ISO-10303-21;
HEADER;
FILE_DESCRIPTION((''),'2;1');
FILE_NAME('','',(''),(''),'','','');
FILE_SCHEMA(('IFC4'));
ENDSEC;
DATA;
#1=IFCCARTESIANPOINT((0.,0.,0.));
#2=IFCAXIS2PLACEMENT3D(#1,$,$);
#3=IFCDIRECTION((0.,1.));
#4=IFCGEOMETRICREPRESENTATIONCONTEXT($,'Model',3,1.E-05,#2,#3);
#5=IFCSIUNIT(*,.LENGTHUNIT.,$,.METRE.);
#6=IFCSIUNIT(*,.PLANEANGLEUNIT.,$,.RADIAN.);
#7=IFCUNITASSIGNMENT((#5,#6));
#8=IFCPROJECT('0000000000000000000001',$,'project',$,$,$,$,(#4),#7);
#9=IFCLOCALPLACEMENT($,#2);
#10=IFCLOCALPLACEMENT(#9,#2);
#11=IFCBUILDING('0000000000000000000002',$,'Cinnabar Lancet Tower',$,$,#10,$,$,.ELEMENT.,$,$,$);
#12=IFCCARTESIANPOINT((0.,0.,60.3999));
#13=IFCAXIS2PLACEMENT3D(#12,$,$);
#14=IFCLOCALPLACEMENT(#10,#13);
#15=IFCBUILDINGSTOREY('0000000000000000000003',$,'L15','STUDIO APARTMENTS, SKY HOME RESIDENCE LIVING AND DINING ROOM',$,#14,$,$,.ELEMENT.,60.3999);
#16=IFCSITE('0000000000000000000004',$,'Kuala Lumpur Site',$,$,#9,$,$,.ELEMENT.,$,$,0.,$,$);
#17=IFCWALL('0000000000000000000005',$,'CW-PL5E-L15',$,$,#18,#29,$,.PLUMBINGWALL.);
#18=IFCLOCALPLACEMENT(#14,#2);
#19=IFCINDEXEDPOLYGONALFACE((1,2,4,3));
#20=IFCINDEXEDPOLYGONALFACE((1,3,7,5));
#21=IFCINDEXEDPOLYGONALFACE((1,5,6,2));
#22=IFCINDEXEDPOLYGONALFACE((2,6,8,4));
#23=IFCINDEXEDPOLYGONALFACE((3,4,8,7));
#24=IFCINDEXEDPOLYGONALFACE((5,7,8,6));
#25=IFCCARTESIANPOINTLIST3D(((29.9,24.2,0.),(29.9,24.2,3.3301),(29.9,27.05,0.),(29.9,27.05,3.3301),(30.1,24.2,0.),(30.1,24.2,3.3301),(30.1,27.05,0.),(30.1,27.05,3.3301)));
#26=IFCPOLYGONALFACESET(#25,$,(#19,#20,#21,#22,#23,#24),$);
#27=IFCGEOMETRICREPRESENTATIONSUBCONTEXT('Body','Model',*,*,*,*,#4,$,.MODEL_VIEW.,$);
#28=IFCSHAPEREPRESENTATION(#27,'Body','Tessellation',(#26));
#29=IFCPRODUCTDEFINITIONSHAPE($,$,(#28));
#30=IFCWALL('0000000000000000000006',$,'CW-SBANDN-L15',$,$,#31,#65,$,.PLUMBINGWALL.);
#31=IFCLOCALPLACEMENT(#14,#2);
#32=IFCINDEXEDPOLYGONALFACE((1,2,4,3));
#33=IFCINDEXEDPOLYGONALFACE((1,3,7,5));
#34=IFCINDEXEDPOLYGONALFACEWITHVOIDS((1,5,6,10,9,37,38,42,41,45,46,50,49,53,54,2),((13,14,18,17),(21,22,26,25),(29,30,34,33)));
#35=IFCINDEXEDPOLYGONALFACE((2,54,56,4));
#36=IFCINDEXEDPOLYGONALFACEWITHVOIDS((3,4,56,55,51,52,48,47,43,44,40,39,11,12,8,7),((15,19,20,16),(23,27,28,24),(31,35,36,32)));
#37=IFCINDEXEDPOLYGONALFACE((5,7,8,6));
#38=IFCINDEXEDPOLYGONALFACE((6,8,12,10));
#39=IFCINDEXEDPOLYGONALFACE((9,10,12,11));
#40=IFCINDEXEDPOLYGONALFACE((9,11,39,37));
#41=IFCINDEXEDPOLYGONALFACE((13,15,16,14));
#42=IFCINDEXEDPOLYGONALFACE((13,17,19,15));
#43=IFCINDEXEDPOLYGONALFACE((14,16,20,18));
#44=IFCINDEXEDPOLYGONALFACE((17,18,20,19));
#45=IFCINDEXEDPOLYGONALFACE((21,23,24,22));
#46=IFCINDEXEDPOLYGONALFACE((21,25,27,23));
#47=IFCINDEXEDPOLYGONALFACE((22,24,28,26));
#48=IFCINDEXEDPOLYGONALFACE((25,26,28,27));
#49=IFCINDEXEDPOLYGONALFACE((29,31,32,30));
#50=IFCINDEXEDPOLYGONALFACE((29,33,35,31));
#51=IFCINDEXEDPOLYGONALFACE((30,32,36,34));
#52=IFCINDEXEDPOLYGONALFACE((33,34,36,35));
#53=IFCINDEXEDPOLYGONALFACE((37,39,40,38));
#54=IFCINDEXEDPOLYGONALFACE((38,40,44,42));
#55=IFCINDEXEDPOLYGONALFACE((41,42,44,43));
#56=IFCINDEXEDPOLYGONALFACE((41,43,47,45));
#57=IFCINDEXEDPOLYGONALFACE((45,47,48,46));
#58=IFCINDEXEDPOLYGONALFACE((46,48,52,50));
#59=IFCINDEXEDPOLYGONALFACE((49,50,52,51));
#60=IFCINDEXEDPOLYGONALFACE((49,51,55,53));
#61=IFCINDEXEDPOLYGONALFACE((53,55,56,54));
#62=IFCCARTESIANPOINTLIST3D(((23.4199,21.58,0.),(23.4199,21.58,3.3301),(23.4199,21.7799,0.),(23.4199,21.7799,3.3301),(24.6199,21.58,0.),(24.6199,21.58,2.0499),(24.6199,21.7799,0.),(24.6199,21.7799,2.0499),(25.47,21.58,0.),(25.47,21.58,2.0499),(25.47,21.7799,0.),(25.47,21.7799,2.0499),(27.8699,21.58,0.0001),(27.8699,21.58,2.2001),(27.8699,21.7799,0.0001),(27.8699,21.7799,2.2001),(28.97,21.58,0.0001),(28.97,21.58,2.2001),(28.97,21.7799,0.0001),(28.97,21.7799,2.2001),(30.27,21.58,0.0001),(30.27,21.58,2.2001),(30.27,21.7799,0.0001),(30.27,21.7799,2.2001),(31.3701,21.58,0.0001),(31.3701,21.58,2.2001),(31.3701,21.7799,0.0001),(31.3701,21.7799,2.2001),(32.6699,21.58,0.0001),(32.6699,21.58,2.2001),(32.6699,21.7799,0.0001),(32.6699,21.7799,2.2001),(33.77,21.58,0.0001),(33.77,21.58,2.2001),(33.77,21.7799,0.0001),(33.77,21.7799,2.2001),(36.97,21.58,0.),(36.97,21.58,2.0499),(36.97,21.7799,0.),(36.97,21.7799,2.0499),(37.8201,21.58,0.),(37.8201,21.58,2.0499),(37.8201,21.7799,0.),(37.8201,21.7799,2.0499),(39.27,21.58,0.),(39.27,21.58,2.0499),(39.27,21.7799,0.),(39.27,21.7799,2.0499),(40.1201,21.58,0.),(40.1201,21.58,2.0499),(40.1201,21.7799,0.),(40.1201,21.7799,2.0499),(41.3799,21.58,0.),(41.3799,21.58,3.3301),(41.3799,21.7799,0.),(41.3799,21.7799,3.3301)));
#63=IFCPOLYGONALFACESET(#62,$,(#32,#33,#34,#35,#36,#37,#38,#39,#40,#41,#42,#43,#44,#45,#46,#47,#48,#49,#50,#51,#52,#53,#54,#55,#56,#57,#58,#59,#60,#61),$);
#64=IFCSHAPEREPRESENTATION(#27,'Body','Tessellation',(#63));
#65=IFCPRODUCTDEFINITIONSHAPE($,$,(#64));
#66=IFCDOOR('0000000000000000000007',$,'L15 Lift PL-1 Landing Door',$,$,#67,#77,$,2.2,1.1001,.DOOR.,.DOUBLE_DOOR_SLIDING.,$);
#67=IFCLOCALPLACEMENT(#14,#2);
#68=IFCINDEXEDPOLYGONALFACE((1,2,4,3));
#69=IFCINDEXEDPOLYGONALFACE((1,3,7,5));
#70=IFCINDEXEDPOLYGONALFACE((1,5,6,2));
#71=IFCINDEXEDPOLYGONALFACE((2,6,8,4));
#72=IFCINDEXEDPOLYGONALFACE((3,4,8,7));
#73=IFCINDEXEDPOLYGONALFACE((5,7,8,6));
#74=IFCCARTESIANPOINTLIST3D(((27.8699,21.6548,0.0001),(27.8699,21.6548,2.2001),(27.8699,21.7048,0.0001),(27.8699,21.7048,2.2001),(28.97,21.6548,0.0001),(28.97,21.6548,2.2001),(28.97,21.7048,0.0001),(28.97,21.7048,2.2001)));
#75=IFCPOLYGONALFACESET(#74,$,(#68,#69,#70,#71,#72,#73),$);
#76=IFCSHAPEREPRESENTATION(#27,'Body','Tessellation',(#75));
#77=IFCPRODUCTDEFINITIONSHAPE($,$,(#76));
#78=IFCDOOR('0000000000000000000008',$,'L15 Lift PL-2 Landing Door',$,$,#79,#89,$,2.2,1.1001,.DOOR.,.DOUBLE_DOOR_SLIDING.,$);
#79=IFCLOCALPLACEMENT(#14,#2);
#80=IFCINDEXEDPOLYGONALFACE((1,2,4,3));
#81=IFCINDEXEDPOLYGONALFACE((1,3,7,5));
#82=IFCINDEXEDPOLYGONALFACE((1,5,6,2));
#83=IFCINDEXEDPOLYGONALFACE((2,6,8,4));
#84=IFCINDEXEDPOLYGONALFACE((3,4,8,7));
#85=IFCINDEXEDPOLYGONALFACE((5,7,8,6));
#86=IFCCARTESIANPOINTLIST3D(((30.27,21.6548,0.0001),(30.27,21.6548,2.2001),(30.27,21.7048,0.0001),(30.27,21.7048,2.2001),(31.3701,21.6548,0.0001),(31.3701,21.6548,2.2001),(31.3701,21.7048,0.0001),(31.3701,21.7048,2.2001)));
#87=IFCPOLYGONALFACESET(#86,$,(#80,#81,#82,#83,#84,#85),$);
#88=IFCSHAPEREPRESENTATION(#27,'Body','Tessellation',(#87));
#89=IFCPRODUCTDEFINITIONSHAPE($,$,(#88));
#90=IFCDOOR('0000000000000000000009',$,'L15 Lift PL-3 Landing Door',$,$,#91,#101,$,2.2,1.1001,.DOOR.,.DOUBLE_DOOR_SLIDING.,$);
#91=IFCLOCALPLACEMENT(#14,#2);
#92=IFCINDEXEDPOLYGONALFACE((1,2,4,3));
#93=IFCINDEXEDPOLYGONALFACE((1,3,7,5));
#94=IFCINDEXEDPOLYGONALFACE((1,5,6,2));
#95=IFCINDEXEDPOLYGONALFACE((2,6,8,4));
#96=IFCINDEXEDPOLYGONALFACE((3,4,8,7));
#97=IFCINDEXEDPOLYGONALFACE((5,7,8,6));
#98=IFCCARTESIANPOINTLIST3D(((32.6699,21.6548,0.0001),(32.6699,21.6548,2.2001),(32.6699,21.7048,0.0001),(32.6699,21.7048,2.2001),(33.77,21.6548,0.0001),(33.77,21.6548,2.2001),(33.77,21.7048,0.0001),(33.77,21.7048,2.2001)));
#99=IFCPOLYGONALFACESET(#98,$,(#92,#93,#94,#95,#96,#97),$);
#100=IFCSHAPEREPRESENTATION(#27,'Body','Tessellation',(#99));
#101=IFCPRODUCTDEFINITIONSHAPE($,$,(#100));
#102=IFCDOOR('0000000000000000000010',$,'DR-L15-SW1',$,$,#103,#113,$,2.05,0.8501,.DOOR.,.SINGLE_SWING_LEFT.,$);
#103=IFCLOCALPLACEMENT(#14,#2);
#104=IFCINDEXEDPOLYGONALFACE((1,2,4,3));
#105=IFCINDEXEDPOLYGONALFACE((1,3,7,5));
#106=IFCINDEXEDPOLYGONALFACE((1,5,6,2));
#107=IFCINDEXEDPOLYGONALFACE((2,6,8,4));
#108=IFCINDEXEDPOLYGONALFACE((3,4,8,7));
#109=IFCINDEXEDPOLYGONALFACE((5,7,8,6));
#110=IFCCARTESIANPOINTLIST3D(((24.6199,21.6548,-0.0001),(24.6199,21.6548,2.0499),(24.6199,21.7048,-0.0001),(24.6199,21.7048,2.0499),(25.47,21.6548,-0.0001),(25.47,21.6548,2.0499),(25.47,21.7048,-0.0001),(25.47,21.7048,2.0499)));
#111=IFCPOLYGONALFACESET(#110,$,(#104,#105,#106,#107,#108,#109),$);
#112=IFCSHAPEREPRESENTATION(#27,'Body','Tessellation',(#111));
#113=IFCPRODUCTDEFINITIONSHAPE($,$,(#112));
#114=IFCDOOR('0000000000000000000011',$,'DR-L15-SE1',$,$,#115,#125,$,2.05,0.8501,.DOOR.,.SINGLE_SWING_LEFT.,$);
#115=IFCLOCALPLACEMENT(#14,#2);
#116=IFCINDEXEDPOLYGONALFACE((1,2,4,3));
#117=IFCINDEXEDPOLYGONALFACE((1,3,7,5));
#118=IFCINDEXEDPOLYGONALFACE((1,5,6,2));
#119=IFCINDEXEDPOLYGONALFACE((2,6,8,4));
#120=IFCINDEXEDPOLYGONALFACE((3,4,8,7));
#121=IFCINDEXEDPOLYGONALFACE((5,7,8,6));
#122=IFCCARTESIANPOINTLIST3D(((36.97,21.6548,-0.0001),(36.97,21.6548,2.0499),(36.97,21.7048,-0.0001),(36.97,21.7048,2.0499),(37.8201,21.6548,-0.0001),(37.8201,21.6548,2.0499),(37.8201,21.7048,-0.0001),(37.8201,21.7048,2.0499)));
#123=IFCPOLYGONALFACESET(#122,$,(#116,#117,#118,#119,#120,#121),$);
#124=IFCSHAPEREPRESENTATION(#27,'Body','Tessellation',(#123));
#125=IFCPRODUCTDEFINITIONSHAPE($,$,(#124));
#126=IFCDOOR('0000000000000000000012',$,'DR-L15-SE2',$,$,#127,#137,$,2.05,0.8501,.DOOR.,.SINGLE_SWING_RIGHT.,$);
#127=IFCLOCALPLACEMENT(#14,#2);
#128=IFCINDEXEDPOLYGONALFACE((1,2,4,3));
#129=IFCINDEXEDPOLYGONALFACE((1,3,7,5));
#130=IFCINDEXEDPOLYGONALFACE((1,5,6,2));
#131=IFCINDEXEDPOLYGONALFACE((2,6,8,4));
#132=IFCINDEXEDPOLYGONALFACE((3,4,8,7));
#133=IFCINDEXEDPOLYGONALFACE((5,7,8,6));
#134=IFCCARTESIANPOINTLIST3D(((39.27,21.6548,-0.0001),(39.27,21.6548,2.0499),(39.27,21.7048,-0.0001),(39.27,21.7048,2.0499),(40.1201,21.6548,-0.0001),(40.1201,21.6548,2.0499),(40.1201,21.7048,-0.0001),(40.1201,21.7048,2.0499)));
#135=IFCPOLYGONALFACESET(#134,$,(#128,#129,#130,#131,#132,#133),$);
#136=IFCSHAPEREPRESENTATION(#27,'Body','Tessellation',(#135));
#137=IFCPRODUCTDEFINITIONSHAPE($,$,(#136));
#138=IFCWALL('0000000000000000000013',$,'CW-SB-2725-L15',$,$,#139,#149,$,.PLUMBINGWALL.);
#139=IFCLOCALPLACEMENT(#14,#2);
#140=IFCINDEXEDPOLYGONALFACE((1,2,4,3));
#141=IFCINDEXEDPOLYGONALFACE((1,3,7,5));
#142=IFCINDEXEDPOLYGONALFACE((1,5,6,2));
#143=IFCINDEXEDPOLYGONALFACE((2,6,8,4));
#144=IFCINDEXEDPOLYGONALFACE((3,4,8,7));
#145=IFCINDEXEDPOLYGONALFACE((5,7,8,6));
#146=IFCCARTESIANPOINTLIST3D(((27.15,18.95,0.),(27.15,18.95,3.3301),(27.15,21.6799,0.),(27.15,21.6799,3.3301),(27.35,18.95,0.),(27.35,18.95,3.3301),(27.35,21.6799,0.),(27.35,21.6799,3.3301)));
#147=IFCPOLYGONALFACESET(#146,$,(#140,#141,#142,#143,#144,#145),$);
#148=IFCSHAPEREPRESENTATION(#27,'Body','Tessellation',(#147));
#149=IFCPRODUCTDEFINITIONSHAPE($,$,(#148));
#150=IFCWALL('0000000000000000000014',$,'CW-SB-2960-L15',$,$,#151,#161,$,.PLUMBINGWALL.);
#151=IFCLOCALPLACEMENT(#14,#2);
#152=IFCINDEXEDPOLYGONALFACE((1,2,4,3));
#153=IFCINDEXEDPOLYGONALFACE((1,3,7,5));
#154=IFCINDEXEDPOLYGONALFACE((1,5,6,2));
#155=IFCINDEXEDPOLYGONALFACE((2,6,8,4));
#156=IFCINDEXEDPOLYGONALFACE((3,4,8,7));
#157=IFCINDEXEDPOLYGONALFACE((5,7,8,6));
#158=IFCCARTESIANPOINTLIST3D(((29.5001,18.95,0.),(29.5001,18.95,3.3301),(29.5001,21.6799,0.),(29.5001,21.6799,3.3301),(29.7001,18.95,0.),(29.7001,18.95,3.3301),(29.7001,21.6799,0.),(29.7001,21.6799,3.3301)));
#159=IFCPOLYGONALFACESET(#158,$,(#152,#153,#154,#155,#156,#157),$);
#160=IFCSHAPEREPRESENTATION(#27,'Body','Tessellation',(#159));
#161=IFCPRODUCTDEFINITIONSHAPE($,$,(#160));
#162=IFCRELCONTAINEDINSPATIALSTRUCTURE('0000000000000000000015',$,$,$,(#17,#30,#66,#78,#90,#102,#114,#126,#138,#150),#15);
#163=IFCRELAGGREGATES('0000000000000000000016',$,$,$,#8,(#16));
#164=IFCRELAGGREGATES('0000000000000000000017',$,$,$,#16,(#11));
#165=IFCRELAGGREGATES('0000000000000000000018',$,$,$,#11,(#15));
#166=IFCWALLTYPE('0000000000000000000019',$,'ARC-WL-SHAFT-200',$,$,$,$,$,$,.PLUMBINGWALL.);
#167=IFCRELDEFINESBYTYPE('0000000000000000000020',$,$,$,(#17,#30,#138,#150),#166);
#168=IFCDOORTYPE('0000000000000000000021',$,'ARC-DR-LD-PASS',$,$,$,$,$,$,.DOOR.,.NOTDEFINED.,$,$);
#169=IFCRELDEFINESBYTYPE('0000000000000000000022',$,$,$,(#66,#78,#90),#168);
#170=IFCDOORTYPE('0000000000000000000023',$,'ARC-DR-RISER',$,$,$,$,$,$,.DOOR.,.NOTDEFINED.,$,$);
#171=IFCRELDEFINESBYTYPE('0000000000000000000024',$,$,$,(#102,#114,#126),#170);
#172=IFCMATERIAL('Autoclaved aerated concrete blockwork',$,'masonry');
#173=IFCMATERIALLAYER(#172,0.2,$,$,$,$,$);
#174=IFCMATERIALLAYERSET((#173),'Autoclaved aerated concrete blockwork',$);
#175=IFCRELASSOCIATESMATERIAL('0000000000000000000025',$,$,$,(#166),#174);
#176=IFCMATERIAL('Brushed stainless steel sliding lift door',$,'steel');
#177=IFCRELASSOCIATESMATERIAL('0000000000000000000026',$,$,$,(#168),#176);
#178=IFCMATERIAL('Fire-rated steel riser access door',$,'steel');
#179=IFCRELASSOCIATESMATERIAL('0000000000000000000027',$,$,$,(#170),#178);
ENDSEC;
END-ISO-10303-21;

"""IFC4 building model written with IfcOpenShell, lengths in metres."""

from ifc_helpers import new_model, si_unit, direction, frame, frame_2d, origin, place, context, subcontext, project, spatial, rectangle, extrude, material, layer, layer_set, type_object, element, fill, save


model = new_model("IFC4")

# Units and contexts
model_context = context("Model", 3, precision=1e-05, world=origin(), true_north=direction((0.0, 1.0)))
body_context = subcontext(model_context, "Body", "Model", "MODEL_VIEW")
ifc_project = project(units=[si_unit("LENGTHUNIT", "METRE"), si_unit("PLANEANGLEUNIT", "RADIAN")], contexts=[model_context])

# Site, building, storey
site_placement = place(None, origin())
site = spatial("IfcSite", under=ifc_project, at=site_placement, Name="Kuala Lumpur Site", CompositionType="ELEMENT", RefElevation=0.0)
building_placement = place(site_placement, origin())
building = spatial("IfcBuilding", under=site, at=building_placement, Name="Cinnabar Lancet Tower", CompositionType="ELEMENT")
storey_placement = place(building_placement, frame((0.0, 0.0, 60.3999)))
storey = spatial("IfcBuildingStorey", under=building, at=storey_placement, Name="L15", Description="STUDIO APARTMENTS, SKY HOME RESIDENCE LIVING AND DINING ROOM", CompositionType="ELEMENT", Elevation=60.3999)

# Wall
ifc_material_1 = material(Name="Autoclaved aerated concrete blockwork", Category="masonry")
ifc_layer_1 = layer(ifc_material_1, 0.2)
ifc_layer_set_1 = layer_set([ifc_layer_1], Name="Autoclaved aerated concrete blockwork")
wall_type_1 = type_object("IfcWallType", Name="ARC-WL-SHAFT-200", PredefinedType="PLUMBINGWALL", material=ifc_layer_set_1)
wall_1_placement = place(storey_placement, frame((30.0, 24.2, 0.0), z_axis=(0.0, 0.0, 1.0), x_axis=(0.0, 1.0, 0.0)))
element("IfcWall", 1, at=wall_1_placement, inside=storey, type_object=wall_type_1, Name="CW-PL5E-L15", PredefinedType="PLUMBINGWALL", context=body_context, shape_type="SweptSolid", body=[
    extrude(rectangle(XDim=2.8501, YDim=0.2, at=frame_2d((1.425, 0.0))), origin(), (0.0, 0.0, 1.0), 3.3301),
])

# Wall, openings, doors
wall_2_placement = place(storey_placement, frame((23.4199, 21.6799, 0.0), z_axis=(0.0, 0.0, 1.0), x_axis=(1.0, 0.0, 0.0)))
wall_2 = element("IfcWall", 2, at=wall_2_placement, inside=storey, type_object=wall_type_1, Name="CW-SBANDN-L15", PredefinedType="PLUMBINGWALL", context=body_context, shape_type="SweptSolid", body=[
    extrude(rectangle(XDim=17.96, YDim=0.2, at=frame_2d((8.98, 0.0))), origin(), (0.0, 0.0, 1.0), 3.3301),
])
opening_1_placement = place(wall_2_placement, frame((4.45, 0.0, 0.0)))
opening_1 = element("IfcOpeningElement", 3, at=opening_1_placement, cuts=wall_2, PredefinedType="OPENING", context=body_context, shape_type="SweptSolid", body=[
    extrude(rectangle(XDim=1.1001, YDim=2.2, at=frame_2d((0.55, 1.1001))), frame((0.0, 0.1099, 0.0), z_axis=(0.0, -1.0, 0.0), x_axis=(1.0, 0.0, 0.0)), (0.0, 0.0, 1.0), 0.22),
])
opening_2_placement = place(wall_2_placement, frame((6.8501, 0.0, 0.0)))
opening_2 = element("IfcOpeningElement", 4, at=opening_2_placement, cuts=wall_2, PredefinedType="OPENING", context=body_context, shape_type="SweptSolid", body=[
    extrude(rectangle(XDim=1.1001, YDim=2.2, at=frame_2d((0.55, 1.1001))), frame((0.0, 0.1099, 0.0), z_axis=(0.0, -1.0, 0.0), x_axis=(1.0, 0.0, 0.0)), (0.0, 0.0, 1.0), 0.22),
])
opening_3_placement = place(wall_2_placement, frame((9.25, 0.0, 0.0)))
opening_3 = element("IfcOpeningElement", 5, at=opening_3_placement, cuts=wall_2, PredefinedType="OPENING", context=body_context, shape_type="SweptSolid", body=[
    extrude(rectangle(XDim=1.1001, YDim=2.2, at=frame_2d((0.55, 1.1001))), frame((0.0, 0.1099, 0.0), z_axis=(0.0, -1.0, 0.0), x_axis=(1.0, 0.0, 0.0)), (0.0, 0.0, 1.0), 0.22),
])
opening_4_placement = place(wall_2_placement, frame((1.2, 0.0, 0.0)))
opening_4 = element("IfcOpeningElement", 6, at=opening_4_placement, cuts=wall_2, PredefinedType="OPENING", context=body_context, shape_type="SweptSolid", body=[
    extrude(rectangle(XDim=0.8501, YDim=2.05, at=frame_2d((0.425, 1.0249))), frame((0.0, 0.1099, 0.0), z_axis=(0.0, -1.0, 0.0), x_axis=(1.0, 0.0, 0.0)), (0.0, 0.0, 1.0), 0.22),
])
opening_5_placement = place(wall_2_placement, frame((13.55, 0.0, 0.0)))
opening_5 = element("IfcOpeningElement", 7, at=opening_5_placement, cuts=wall_2, PredefinedType="OPENING", context=body_context, shape_type="SweptSolid", body=[
    extrude(rectangle(XDim=0.8501, YDim=2.05, at=frame_2d((0.425, 1.0249))), frame((0.0, 0.1099, 0.0), z_axis=(0.0, -1.0, 0.0), x_axis=(1.0, 0.0, 0.0)), (0.0, 0.0, 1.0), 0.22),
])
opening_6_placement = place(wall_2_placement, frame((15.8501, 0.0, 0.0)))
opening_6 = element("IfcOpeningElement", 8, at=opening_6_placement, cuts=wall_2, PredefinedType="OPENING", context=body_context, shape_type="SweptSolid", body=[
    extrude(rectangle(XDim=0.8501, YDim=2.05, at=frame_2d((0.425, 1.0249))), frame((0.0, 0.1099, 0.0), z_axis=(0.0, -1.0, 0.0), x_axis=(1.0, 0.0, 0.0)), (0.0, 0.0, 1.0), 0.22),
])
ifc_material_2 = material(Name="Brushed stainless steel sliding lift door", Category="steel")
door_type_1 = type_object("IfcDoorType", Name="ARC-DR-LD-PASS", OperationType="NOTDEFINED", PredefinedType="DOOR", material=ifc_material_2)
door_1_placement = place(opening_1_placement, origin())
door_1 = element("IfcDoor", 9, at=door_1_placement, inside=storey, type_object=door_type_1, Name="L15 Lift PL-1 Landing Door", OperationType="DOUBLE_DOOR_SLIDING", OverallHeight=2.2, OverallWidth=1.1001, PredefinedType="DOOR", context=body_context, shape_type="SweptSolid", body=[
    extrude(rectangle(XDim=1.1001, YDim=2.2, at=frame_2d((0.55, 1.1001))), frame((0.0, 0.0249, 0.0), z_axis=(0.0, -1.0, 0.0), x_axis=(1.0, 0.0, 0.0)), (0.0, 0.0, 1.0), 0.05),
])
fill(opening_1, door_1)
door_2_placement = place(opening_2_placement, origin())
door_2 = element("IfcDoor", 10, at=door_2_placement, inside=storey, type_object=door_type_1, Name="L15 Lift PL-2 Landing Door", OperationType="DOUBLE_DOOR_SLIDING", OverallHeight=2.2, OverallWidth=1.1001, PredefinedType="DOOR", context=body_context, shape_type="SweptSolid", body=[
    extrude(rectangle(XDim=1.1001, YDim=2.2, at=frame_2d((0.55, 1.1001))), frame((0.0, 0.0249, 0.0), z_axis=(0.0, -1.0, 0.0), x_axis=(1.0, 0.0, 0.0)), (0.0, 0.0, 1.0), 0.05),
])
fill(opening_2, door_2)
door_3_placement = place(opening_3_placement, origin())
door_3 = element("IfcDoor", 11, at=door_3_placement, inside=storey, type_object=door_type_1, Name="L15 Lift PL-3 Landing Door", OperationType="DOUBLE_DOOR_SLIDING", OverallHeight=2.2, OverallWidth=1.1001, PredefinedType="DOOR", context=body_context, shape_type="SweptSolid", body=[
    extrude(rectangle(XDim=1.1001, YDim=2.2, at=frame_2d((0.55, 1.1001))), frame((0.0, 0.0249, 0.0), z_axis=(0.0, -1.0, 0.0), x_axis=(1.0, 0.0, 0.0)), (0.0, 0.0, 1.0), 0.05),
])
fill(opening_3, door_3)
ifc_material_3 = material(Name="Fire-rated steel riser access door", Category="steel")
door_type_2 = type_object("IfcDoorType", Name="ARC-DR-RISER", OperationType="NOTDEFINED", PredefinedType="DOOR", material=ifc_material_3)
door_4_placement = place(opening_4_placement, origin())
door_4 = element("IfcDoor", 12, at=door_4_placement, inside=storey, type_object=door_type_2, Name="DR-L15-SW1", OperationType="SINGLE_SWING_LEFT", OverallHeight=2.05, OverallWidth=0.8501, PredefinedType="DOOR", context=body_context, shape_type="SweptSolid", body=[
    extrude(rectangle(XDim=0.8501, YDim=2.05, at=frame_2d((0.425, 1.0249))), frame((0.0, 0.0249, 0.0), z_axis=(0.0, -1.0, 0.0), x_axis=(1.0, 0.0, 0.0)), (0.0, 0.0, 1.0), 0.05),
])
fill(opening_4, door_4)
door_5_placement = place(opening_5_placement, origin())
door_5 = element("IfcDoor", 13, at=door_5_placement, inside=storey, type_object=door_type_2, Name="DR-L15-SE1", OperationType="SINGLE_SWING_LEFT", OverallHeight=2.05, OverallWidth=0.8501, PredefinedType="DOOR", context=body_context, shape_type="SweptSolid", body=[
    extrude(rectangle(XDim=0.8501, YDim=2.05, at=frame_2d((0.425, 1.0249))), frame((0.0, 0.0249, 0.0), z_axis=(0.0, -1.0, 0.0), x_axis=(1.0, 0.0, 0.0)), (0.0, 0.0, 1.0), 0.05),
])
fill(opening_5, door_5)
door_6_placement = place(opening_6_placement, origin())
door_6 = element("IfcDoor", 14, at=door_6_placement, inside=storey, type_object=door_type_2, Name="DR-L15-SE2", OperationType="SINGLE_SWING_RIGHT", OverallHeight=2.05, OverallWidth=0.8501, PredefinedType="DOOR", context=body_context, shape_type="SweptSolid", body=[
    extrude(rectangle(XDim=0.8501, YDim=2.05, at=frame_2d((0.425, 1.0249))), frame((0.0, 0.0249, 0.0), z_axis=(0.0, -1.0, 0.0), x_axis=(1.0, 0.0, 0.0)), (0.0, 0.0, 1.0), 0.05),
])
fill(opening_6, door_6)

# Walls
for number, where, z_axis, x_axis, name in (
    (15, (27.25, 18.95, 0.0), (0.0, 0.0, 1.0), (0.0, 1.0, 0.0), "CW-SB-2725-L15"),
    (16, (29.6001, 18.95, 0.0), (0.0, 0.0, 1.0), (0.0, 1.0, 0.0), "CW-SB-2960-L15"),
):
    element("IfcWall", number, at=place(storey_placement, frame(where, z_axis=z_axis, x_axis=x_axis)), inside=storey, type_object=wall_type_1, Name=name, PredefinedType="PLUMBINGWALL", context=body_context, shape_type="SweptSolid", body=[
        extrude(rectangle(XDim=2.73, YDim=0.2, at=frame_2d((1.365, 0.0))), origin(), (0.0, 0.0, 1.0), 3.3301),
    ])

save(model, "model.ifc")
